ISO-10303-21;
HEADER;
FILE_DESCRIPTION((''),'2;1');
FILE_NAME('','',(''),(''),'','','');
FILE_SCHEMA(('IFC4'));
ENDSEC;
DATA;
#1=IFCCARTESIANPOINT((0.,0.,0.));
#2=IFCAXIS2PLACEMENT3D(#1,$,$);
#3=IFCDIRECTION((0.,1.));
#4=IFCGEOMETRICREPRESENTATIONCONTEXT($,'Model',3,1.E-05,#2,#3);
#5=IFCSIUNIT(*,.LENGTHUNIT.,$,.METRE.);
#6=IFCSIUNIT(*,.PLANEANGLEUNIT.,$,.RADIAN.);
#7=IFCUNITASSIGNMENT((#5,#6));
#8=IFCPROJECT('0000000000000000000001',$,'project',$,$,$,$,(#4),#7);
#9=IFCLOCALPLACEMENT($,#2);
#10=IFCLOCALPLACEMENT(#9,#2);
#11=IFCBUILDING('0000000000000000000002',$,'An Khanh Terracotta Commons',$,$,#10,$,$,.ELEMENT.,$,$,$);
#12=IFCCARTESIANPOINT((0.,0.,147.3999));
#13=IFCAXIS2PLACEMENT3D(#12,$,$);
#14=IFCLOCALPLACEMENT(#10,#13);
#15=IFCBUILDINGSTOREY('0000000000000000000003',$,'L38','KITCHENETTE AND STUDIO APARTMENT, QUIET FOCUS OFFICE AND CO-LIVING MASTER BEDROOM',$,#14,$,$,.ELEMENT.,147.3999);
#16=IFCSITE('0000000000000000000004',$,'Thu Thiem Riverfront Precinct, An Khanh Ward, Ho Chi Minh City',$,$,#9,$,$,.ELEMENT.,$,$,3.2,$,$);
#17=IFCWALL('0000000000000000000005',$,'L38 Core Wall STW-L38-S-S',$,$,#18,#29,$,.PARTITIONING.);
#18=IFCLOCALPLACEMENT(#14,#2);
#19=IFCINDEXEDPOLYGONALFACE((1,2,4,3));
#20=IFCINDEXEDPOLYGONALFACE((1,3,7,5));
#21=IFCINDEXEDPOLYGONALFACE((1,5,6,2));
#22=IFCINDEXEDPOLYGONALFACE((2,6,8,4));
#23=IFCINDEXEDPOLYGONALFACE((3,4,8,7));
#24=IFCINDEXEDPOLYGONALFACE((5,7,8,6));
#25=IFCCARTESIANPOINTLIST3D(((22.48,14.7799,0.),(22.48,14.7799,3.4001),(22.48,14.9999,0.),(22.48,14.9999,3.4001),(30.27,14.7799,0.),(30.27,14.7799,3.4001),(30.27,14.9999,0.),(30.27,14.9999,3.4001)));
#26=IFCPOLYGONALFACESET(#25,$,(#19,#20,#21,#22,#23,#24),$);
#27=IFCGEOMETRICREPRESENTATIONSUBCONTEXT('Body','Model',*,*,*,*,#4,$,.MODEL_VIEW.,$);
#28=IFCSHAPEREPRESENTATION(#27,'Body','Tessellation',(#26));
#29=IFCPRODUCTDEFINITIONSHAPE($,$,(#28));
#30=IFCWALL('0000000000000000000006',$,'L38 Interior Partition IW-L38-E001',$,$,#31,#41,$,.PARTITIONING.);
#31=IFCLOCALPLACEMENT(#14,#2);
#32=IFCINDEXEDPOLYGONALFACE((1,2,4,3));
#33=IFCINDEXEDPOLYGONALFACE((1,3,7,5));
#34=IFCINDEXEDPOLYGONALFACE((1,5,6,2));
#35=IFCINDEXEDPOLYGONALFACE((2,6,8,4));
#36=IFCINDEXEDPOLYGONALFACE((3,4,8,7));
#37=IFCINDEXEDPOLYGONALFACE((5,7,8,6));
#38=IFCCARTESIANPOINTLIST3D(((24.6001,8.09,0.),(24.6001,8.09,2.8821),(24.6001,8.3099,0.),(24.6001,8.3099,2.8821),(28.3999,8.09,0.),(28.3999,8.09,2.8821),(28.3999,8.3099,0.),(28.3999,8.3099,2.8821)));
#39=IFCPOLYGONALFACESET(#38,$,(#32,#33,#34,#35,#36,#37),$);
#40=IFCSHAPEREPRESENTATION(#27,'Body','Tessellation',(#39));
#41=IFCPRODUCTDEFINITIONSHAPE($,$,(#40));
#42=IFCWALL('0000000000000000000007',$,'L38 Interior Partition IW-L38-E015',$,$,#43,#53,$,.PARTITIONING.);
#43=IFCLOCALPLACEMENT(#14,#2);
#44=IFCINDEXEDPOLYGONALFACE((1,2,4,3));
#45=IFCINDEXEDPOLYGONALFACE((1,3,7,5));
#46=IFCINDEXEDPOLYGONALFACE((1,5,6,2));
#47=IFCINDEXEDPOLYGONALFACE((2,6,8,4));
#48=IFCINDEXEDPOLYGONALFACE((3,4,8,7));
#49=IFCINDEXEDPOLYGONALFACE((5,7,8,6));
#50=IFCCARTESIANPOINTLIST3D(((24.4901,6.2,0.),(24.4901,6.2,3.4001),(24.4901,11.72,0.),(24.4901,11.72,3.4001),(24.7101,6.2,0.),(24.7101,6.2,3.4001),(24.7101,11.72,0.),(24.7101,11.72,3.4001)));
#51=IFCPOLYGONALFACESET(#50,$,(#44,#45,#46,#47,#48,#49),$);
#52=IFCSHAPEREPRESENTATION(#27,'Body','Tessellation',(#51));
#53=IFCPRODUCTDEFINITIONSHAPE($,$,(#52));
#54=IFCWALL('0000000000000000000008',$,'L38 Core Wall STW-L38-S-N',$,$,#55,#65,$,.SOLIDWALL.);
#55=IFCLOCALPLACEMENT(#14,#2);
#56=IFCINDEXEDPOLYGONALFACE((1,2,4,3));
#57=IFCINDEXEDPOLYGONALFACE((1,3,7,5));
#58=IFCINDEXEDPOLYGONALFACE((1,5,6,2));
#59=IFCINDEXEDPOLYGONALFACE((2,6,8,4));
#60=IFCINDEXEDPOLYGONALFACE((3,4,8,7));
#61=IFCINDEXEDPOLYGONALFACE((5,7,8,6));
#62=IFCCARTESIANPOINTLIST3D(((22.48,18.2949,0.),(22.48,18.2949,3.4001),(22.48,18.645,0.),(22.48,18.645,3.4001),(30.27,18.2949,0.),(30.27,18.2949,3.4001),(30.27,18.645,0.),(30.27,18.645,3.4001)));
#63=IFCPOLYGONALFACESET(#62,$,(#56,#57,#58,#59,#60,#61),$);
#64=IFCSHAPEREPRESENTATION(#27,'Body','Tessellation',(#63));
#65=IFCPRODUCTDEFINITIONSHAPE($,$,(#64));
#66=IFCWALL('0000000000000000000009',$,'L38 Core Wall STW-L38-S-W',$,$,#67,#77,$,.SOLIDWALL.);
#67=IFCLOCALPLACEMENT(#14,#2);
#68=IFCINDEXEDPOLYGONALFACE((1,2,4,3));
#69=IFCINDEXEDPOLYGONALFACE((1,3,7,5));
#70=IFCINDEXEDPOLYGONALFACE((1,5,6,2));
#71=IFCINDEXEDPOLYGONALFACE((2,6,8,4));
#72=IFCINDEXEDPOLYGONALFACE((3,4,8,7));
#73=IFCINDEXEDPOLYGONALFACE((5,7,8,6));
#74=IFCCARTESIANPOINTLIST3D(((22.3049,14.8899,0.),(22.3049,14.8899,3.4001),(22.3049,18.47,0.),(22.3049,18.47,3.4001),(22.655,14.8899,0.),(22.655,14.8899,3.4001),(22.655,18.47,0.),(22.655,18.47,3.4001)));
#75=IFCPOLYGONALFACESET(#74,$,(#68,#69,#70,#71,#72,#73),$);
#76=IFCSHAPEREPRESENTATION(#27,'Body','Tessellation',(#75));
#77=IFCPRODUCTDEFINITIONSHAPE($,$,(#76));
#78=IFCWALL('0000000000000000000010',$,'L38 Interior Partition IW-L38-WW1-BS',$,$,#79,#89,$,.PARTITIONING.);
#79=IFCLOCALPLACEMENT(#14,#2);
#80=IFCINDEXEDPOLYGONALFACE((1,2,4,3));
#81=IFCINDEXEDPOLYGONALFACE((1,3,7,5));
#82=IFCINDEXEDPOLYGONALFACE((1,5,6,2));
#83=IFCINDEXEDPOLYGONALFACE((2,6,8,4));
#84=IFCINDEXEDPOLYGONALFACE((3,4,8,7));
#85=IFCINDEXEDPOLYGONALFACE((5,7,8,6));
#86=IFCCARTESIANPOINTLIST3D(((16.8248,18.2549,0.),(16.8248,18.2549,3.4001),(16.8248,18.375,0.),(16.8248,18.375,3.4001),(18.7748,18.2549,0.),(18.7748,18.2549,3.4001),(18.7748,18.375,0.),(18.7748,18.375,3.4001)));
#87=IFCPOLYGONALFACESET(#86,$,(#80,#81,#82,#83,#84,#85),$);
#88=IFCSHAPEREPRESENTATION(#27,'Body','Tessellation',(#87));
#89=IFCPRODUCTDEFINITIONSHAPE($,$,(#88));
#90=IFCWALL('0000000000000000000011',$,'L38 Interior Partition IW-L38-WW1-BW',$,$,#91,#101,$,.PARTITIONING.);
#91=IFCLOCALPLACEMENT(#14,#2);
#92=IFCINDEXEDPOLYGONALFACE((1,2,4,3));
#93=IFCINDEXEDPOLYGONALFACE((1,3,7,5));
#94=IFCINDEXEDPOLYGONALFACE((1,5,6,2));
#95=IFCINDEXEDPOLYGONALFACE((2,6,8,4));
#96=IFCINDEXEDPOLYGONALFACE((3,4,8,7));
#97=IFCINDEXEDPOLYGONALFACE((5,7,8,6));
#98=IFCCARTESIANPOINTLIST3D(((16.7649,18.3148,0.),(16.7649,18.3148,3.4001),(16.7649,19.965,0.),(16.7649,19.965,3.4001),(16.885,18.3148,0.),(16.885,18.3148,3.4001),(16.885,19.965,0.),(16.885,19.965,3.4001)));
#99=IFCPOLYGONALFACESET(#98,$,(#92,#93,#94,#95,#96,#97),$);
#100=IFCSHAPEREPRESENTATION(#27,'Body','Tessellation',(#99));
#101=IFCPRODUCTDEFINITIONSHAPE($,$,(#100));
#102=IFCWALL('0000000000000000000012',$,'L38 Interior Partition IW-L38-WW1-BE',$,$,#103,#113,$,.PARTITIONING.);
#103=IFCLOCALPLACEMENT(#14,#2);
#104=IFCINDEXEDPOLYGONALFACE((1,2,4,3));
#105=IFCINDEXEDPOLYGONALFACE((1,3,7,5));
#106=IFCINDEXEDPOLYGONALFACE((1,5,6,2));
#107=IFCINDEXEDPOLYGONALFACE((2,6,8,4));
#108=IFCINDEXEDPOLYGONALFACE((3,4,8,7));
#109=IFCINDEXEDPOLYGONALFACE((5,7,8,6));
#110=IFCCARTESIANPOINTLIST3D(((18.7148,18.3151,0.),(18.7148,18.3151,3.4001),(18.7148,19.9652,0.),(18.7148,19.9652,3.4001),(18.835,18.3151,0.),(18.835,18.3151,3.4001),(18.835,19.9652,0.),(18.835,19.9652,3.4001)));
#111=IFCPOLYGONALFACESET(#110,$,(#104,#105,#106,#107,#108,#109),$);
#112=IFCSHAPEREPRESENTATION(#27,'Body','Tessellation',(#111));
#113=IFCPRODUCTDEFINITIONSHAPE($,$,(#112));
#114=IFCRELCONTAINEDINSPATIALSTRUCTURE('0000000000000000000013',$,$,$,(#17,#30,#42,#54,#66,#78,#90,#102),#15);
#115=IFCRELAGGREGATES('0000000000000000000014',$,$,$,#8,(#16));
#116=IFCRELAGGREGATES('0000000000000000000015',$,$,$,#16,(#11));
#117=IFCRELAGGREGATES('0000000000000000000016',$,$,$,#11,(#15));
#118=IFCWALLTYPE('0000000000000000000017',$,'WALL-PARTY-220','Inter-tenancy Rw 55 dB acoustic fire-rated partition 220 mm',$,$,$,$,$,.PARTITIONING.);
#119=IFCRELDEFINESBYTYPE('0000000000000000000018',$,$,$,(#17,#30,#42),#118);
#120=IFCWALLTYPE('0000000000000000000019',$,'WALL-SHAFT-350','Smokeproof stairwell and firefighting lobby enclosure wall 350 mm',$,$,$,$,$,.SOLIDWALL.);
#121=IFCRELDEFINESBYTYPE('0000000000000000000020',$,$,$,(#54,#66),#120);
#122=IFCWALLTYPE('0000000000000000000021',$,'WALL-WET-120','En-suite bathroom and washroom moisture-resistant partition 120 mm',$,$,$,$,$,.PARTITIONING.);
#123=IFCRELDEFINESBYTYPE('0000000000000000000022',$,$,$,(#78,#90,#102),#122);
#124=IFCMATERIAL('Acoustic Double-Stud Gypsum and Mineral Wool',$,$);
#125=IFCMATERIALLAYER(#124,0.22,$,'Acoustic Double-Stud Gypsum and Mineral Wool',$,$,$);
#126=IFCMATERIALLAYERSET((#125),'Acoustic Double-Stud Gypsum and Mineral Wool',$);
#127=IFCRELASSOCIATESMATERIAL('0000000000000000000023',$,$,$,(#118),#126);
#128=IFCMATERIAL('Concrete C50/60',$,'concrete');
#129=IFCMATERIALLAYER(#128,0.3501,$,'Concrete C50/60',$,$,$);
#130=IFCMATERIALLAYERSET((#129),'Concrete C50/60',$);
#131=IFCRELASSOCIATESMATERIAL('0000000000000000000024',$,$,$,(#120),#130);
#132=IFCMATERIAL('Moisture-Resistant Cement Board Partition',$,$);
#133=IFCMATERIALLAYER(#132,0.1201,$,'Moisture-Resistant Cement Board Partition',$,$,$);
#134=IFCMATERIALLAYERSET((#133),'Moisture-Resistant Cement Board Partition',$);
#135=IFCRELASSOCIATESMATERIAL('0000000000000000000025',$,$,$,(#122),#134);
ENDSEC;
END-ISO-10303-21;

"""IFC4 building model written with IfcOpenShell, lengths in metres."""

from ifc_helpers import new_model, si_unit, direction, frame, frame_2d, origin, place, context, subcontext, project, spatial, rectangle, extrude, material, layer, layer_set, type_object, element, save


model = new_model("IFC4")

# Units and contexts
model_context = context("Model", 3, precision=1e-05, world=origin(), true_north=direction((0.0, 1.0)))
body_context = subcontext(model_context, "Body", "Model", "MODEL_VIEW")
ifc_project = project(units=[si_unit("LENGTHUNIT", "METRE"), si_unit("PLANEANGLEUNIT", "RADIAN")], contexts=[model_context])

# Site, building, storey
site_placement = place(None, origin())
site = spatial("IfcSite", under=ifc_project, at=site_placement, Name="Thu Thiem Riverfront Precinct, An Khanh Ward, Ho Chi Minh City", CompositionType="ELEMENT", RefElevation=3.2)
building_placement = place(site_placement, origin())
building = spatial("IfcBuilding", under=site, at=building_placement, Name="An Khanh Terracotta Commons", CompositionType="ELEMENT")
storey_placement = place(building_placement, frame((0.0, 0.0, 147.3999)))
storey = spatial("IfcBuildingStorey", under=building, at=storey_placement, Name="L38", Description="KITCHENETTE AND STUDIO APARTMENT, QUIET FOCUS OFFICE AND CO-LIVING MASTER BEDROOM", CompositionType="ELEMENT", Elevation=147.3999)

# Walls
ifc_material_1 = material(Name="Acoustic Double-Stud Gypsum and Mineral Wool")
ifc_layer_1 = layer(ifc_material_1, 0.22, Name="Acoustic Double-Stud Gypsum and Mineral Wool")
ifc_layer_set_1 = layer_set([ifc_layer_1], Name="Acoustic Double-Stud Gypsum and Mineral Wool")
wall_type_1 = type_object("IfcWallType", Name="WALL-PARTY-220", Description="Inter-tenancy Rw 55 dB acoustic fire-rated partition 220 mm", PredefinedType="PARTITIONING", material=ifc_layer_set_1)
wall_1_placement = place(storey_placement, frame((22.48, 14.8899, 0.0), z_axis=(0.0, 0.0, 1.0), x_axis=(1.0, 0.0, 0.0)))
element("IfcWall", 1, at=wall_1_placement, inside=storey, type_object=wall_type_1, Name="L38 Core Wall STW-L38-S-S", PredefinedType="PARTITIONING", context=body_context, shape_type="SweptSolid", body=[
    extrude(rectangle(XDim=7.79, YDim=0.22, at=frame_2d((3.895, 0.0))), origin(), (0.0, 0.0, 1.0), 3.4001),
])
wall_2_placement = place(storey_placement, frame((24.6001, 8.2, 0.0), z_axis=(0.0, 0.0, 1.0), x_axis=(1.0, 0.0, 0.0)))
element("IfcWall", 2, at=wall_2_placement, inside=storey, type_object=wall_type_1, Name="L38 Interior Partition IW-L38-E001", PredefinedType="PARTITIONING", context=body_context, shape_type="SweptSolid", body=[
    extrude(rectangle(XDim=3.7998, YDim=0.22, at=frame_2d((1.8999, 0.0))), origin(), (0.0, 0.0, 1.0), 2.8821),
])
wall_3_placement = place(storey_placement, frame((24.6001, 6.2, 0.0), z_axis=(0.0, 0.0, 1.0), x_axis=(0.0, 1.0, 0.0)))
element("IfcWall", 3, at=wall_3_placement, inside=storey, type_object=wall_type_1, Name="L38 Interior Partition IW-L38-E015", PredefinedType="PARTITIONING", context=body_context, shape_type="SweptSolid", body=[
    extrude(rectangle(XDim=5.52, YDim=0.22, at=frame_2d((2.76, 0.0))), origin(), (0.0, 0.0, 1.0), 3.4001),
])
ifc_material_2 = material(Name="Concrete C50/60", Category="concrete")
ifc_layer_2 = layer(ifc_material_2, 0.3501, Name="Concrete C50/60")
ifc_layer_set_2 = layer_set([ifc_layer_2], Name="Concrete C50/60")
wall_type_2 = type_object("IfcWallType", Name="WALL-SHAFT-350", Description="Smokeproof stairwell and firefighting lobby enclosure wall 350 mm", PredefinedType="SOLIDWALL", material=ifc_layer_set_2)
wall_4_placement = place(storey_placement, frame((22.48, 18.47, 0.0), z_axis=(0.0, 0.0, 1.0), x_axis=(1.0, 0.0, 0.0)))
element("IfcWall", 4, at=wall_4_placement, inside=storey, type_object=wall_type_2, Name="L38 Core Wall STW-L38-S-N", PredefinedType="SOLIDWALL", context=body_context, shape_type="SweptSolid", body=[
    extrude(rectangle(XDim=7.79, YDim=0.3501, at=frame_2d((3.895, 0.0))), origin(), (0.0, 0.0, 1.0), 3.4001),
])
wall_5_placement = place(storey_placement, frame((22.48, 14.8899, 0.0), z_axis=(0.0, 0.0, 1.0), x_axis=(0.0, 1.0, 0.0)))
element("IfcWall", 5, at=wall_5_placement, inside=storey, type_object=wall_type_2, Name="L38 Core Wall STW-L38-S-W", PredefinedType="SOLIDWALL", context=body_context, shape_type="SweptSolid", body=[
    extrude(rectangle(XDim=3.5801, YDim=0.3501, at=frame_2d((1.79, 0.0))), origin(), (0.0, 0.0, 1.0), 3.4001),
])
ifc_material_3 = material(Name="Moisture-Resistant Cement Board Partition")
ifc_layer_3 = layer(ifc_material_3, 0.1201, Name="Moisture-Resistant Cement Board Partition")
ifc_layer_set_3 = layer_set([ifc_layer_3], Name="Moisture-Resistant Cement Board Partition")
wall_type_3 = type_object("IfcWallType", Name="WALL-WET-120", Description="En-suite bathroom and washroom moisture-resistant partition 120 mm", PredefinedType="PARTITIONING", material=ifc_layer_set_3)
wall_6_placement = place(storey_placement, frame((18.7749, 18.3149, 0.0), z_axis=(0.0, 0.0, 1.0), x_axis=(-1.0, 0.0, 0.0)))
element("IfcWall", 6, at=wall_6_placement, inside=storey, type_object=wall_type_3, Name="L38 Interior Partition IW-L38-WW1-BS", PredefinedType="PARTITIONING", context=body_context, shape_type="SweptSolid", body=[
    extrude(rectangle(XDim=1.95, YDim=0.1201, at=frame_2d((0.9751, 0.0))), origin(), (0.0, 0.0, 1.0), 3.4001),
])
for number, where, z_axis, x_axis, name in (
    (7, (16.825, 19.9651, 0.0), (0.0, 0.0, 1.0), (0.0, -1.0, 0.0), "L38 Interior Partition IW-L38-WW1-BW"),
    (8, (18.7749, 18.3149, 0.0), (0.0, 0.0, 1.0), (0.0, 1.0, 0.0), "L38 Interior Partition IW-L38-WW1-BE"),
):
    element("IfcWall", number, at=place(storey_placement, frame(where, z_axis=z_axis, x_axis=x_axis)), inside=storey, type_object=wall_type_3, Name=name, PredefinedType="PARTITIONING", context=body_context, shape_type="SweptSolid", body=[
        extrude(rectangle(XDim=1.6501, YDim=0.1201, at=frame_2d((0.8252, 0.0))), origin(), (0.0, 0.0, 1.0), 3.4001),
    ])

save(model, "model.ifc")
